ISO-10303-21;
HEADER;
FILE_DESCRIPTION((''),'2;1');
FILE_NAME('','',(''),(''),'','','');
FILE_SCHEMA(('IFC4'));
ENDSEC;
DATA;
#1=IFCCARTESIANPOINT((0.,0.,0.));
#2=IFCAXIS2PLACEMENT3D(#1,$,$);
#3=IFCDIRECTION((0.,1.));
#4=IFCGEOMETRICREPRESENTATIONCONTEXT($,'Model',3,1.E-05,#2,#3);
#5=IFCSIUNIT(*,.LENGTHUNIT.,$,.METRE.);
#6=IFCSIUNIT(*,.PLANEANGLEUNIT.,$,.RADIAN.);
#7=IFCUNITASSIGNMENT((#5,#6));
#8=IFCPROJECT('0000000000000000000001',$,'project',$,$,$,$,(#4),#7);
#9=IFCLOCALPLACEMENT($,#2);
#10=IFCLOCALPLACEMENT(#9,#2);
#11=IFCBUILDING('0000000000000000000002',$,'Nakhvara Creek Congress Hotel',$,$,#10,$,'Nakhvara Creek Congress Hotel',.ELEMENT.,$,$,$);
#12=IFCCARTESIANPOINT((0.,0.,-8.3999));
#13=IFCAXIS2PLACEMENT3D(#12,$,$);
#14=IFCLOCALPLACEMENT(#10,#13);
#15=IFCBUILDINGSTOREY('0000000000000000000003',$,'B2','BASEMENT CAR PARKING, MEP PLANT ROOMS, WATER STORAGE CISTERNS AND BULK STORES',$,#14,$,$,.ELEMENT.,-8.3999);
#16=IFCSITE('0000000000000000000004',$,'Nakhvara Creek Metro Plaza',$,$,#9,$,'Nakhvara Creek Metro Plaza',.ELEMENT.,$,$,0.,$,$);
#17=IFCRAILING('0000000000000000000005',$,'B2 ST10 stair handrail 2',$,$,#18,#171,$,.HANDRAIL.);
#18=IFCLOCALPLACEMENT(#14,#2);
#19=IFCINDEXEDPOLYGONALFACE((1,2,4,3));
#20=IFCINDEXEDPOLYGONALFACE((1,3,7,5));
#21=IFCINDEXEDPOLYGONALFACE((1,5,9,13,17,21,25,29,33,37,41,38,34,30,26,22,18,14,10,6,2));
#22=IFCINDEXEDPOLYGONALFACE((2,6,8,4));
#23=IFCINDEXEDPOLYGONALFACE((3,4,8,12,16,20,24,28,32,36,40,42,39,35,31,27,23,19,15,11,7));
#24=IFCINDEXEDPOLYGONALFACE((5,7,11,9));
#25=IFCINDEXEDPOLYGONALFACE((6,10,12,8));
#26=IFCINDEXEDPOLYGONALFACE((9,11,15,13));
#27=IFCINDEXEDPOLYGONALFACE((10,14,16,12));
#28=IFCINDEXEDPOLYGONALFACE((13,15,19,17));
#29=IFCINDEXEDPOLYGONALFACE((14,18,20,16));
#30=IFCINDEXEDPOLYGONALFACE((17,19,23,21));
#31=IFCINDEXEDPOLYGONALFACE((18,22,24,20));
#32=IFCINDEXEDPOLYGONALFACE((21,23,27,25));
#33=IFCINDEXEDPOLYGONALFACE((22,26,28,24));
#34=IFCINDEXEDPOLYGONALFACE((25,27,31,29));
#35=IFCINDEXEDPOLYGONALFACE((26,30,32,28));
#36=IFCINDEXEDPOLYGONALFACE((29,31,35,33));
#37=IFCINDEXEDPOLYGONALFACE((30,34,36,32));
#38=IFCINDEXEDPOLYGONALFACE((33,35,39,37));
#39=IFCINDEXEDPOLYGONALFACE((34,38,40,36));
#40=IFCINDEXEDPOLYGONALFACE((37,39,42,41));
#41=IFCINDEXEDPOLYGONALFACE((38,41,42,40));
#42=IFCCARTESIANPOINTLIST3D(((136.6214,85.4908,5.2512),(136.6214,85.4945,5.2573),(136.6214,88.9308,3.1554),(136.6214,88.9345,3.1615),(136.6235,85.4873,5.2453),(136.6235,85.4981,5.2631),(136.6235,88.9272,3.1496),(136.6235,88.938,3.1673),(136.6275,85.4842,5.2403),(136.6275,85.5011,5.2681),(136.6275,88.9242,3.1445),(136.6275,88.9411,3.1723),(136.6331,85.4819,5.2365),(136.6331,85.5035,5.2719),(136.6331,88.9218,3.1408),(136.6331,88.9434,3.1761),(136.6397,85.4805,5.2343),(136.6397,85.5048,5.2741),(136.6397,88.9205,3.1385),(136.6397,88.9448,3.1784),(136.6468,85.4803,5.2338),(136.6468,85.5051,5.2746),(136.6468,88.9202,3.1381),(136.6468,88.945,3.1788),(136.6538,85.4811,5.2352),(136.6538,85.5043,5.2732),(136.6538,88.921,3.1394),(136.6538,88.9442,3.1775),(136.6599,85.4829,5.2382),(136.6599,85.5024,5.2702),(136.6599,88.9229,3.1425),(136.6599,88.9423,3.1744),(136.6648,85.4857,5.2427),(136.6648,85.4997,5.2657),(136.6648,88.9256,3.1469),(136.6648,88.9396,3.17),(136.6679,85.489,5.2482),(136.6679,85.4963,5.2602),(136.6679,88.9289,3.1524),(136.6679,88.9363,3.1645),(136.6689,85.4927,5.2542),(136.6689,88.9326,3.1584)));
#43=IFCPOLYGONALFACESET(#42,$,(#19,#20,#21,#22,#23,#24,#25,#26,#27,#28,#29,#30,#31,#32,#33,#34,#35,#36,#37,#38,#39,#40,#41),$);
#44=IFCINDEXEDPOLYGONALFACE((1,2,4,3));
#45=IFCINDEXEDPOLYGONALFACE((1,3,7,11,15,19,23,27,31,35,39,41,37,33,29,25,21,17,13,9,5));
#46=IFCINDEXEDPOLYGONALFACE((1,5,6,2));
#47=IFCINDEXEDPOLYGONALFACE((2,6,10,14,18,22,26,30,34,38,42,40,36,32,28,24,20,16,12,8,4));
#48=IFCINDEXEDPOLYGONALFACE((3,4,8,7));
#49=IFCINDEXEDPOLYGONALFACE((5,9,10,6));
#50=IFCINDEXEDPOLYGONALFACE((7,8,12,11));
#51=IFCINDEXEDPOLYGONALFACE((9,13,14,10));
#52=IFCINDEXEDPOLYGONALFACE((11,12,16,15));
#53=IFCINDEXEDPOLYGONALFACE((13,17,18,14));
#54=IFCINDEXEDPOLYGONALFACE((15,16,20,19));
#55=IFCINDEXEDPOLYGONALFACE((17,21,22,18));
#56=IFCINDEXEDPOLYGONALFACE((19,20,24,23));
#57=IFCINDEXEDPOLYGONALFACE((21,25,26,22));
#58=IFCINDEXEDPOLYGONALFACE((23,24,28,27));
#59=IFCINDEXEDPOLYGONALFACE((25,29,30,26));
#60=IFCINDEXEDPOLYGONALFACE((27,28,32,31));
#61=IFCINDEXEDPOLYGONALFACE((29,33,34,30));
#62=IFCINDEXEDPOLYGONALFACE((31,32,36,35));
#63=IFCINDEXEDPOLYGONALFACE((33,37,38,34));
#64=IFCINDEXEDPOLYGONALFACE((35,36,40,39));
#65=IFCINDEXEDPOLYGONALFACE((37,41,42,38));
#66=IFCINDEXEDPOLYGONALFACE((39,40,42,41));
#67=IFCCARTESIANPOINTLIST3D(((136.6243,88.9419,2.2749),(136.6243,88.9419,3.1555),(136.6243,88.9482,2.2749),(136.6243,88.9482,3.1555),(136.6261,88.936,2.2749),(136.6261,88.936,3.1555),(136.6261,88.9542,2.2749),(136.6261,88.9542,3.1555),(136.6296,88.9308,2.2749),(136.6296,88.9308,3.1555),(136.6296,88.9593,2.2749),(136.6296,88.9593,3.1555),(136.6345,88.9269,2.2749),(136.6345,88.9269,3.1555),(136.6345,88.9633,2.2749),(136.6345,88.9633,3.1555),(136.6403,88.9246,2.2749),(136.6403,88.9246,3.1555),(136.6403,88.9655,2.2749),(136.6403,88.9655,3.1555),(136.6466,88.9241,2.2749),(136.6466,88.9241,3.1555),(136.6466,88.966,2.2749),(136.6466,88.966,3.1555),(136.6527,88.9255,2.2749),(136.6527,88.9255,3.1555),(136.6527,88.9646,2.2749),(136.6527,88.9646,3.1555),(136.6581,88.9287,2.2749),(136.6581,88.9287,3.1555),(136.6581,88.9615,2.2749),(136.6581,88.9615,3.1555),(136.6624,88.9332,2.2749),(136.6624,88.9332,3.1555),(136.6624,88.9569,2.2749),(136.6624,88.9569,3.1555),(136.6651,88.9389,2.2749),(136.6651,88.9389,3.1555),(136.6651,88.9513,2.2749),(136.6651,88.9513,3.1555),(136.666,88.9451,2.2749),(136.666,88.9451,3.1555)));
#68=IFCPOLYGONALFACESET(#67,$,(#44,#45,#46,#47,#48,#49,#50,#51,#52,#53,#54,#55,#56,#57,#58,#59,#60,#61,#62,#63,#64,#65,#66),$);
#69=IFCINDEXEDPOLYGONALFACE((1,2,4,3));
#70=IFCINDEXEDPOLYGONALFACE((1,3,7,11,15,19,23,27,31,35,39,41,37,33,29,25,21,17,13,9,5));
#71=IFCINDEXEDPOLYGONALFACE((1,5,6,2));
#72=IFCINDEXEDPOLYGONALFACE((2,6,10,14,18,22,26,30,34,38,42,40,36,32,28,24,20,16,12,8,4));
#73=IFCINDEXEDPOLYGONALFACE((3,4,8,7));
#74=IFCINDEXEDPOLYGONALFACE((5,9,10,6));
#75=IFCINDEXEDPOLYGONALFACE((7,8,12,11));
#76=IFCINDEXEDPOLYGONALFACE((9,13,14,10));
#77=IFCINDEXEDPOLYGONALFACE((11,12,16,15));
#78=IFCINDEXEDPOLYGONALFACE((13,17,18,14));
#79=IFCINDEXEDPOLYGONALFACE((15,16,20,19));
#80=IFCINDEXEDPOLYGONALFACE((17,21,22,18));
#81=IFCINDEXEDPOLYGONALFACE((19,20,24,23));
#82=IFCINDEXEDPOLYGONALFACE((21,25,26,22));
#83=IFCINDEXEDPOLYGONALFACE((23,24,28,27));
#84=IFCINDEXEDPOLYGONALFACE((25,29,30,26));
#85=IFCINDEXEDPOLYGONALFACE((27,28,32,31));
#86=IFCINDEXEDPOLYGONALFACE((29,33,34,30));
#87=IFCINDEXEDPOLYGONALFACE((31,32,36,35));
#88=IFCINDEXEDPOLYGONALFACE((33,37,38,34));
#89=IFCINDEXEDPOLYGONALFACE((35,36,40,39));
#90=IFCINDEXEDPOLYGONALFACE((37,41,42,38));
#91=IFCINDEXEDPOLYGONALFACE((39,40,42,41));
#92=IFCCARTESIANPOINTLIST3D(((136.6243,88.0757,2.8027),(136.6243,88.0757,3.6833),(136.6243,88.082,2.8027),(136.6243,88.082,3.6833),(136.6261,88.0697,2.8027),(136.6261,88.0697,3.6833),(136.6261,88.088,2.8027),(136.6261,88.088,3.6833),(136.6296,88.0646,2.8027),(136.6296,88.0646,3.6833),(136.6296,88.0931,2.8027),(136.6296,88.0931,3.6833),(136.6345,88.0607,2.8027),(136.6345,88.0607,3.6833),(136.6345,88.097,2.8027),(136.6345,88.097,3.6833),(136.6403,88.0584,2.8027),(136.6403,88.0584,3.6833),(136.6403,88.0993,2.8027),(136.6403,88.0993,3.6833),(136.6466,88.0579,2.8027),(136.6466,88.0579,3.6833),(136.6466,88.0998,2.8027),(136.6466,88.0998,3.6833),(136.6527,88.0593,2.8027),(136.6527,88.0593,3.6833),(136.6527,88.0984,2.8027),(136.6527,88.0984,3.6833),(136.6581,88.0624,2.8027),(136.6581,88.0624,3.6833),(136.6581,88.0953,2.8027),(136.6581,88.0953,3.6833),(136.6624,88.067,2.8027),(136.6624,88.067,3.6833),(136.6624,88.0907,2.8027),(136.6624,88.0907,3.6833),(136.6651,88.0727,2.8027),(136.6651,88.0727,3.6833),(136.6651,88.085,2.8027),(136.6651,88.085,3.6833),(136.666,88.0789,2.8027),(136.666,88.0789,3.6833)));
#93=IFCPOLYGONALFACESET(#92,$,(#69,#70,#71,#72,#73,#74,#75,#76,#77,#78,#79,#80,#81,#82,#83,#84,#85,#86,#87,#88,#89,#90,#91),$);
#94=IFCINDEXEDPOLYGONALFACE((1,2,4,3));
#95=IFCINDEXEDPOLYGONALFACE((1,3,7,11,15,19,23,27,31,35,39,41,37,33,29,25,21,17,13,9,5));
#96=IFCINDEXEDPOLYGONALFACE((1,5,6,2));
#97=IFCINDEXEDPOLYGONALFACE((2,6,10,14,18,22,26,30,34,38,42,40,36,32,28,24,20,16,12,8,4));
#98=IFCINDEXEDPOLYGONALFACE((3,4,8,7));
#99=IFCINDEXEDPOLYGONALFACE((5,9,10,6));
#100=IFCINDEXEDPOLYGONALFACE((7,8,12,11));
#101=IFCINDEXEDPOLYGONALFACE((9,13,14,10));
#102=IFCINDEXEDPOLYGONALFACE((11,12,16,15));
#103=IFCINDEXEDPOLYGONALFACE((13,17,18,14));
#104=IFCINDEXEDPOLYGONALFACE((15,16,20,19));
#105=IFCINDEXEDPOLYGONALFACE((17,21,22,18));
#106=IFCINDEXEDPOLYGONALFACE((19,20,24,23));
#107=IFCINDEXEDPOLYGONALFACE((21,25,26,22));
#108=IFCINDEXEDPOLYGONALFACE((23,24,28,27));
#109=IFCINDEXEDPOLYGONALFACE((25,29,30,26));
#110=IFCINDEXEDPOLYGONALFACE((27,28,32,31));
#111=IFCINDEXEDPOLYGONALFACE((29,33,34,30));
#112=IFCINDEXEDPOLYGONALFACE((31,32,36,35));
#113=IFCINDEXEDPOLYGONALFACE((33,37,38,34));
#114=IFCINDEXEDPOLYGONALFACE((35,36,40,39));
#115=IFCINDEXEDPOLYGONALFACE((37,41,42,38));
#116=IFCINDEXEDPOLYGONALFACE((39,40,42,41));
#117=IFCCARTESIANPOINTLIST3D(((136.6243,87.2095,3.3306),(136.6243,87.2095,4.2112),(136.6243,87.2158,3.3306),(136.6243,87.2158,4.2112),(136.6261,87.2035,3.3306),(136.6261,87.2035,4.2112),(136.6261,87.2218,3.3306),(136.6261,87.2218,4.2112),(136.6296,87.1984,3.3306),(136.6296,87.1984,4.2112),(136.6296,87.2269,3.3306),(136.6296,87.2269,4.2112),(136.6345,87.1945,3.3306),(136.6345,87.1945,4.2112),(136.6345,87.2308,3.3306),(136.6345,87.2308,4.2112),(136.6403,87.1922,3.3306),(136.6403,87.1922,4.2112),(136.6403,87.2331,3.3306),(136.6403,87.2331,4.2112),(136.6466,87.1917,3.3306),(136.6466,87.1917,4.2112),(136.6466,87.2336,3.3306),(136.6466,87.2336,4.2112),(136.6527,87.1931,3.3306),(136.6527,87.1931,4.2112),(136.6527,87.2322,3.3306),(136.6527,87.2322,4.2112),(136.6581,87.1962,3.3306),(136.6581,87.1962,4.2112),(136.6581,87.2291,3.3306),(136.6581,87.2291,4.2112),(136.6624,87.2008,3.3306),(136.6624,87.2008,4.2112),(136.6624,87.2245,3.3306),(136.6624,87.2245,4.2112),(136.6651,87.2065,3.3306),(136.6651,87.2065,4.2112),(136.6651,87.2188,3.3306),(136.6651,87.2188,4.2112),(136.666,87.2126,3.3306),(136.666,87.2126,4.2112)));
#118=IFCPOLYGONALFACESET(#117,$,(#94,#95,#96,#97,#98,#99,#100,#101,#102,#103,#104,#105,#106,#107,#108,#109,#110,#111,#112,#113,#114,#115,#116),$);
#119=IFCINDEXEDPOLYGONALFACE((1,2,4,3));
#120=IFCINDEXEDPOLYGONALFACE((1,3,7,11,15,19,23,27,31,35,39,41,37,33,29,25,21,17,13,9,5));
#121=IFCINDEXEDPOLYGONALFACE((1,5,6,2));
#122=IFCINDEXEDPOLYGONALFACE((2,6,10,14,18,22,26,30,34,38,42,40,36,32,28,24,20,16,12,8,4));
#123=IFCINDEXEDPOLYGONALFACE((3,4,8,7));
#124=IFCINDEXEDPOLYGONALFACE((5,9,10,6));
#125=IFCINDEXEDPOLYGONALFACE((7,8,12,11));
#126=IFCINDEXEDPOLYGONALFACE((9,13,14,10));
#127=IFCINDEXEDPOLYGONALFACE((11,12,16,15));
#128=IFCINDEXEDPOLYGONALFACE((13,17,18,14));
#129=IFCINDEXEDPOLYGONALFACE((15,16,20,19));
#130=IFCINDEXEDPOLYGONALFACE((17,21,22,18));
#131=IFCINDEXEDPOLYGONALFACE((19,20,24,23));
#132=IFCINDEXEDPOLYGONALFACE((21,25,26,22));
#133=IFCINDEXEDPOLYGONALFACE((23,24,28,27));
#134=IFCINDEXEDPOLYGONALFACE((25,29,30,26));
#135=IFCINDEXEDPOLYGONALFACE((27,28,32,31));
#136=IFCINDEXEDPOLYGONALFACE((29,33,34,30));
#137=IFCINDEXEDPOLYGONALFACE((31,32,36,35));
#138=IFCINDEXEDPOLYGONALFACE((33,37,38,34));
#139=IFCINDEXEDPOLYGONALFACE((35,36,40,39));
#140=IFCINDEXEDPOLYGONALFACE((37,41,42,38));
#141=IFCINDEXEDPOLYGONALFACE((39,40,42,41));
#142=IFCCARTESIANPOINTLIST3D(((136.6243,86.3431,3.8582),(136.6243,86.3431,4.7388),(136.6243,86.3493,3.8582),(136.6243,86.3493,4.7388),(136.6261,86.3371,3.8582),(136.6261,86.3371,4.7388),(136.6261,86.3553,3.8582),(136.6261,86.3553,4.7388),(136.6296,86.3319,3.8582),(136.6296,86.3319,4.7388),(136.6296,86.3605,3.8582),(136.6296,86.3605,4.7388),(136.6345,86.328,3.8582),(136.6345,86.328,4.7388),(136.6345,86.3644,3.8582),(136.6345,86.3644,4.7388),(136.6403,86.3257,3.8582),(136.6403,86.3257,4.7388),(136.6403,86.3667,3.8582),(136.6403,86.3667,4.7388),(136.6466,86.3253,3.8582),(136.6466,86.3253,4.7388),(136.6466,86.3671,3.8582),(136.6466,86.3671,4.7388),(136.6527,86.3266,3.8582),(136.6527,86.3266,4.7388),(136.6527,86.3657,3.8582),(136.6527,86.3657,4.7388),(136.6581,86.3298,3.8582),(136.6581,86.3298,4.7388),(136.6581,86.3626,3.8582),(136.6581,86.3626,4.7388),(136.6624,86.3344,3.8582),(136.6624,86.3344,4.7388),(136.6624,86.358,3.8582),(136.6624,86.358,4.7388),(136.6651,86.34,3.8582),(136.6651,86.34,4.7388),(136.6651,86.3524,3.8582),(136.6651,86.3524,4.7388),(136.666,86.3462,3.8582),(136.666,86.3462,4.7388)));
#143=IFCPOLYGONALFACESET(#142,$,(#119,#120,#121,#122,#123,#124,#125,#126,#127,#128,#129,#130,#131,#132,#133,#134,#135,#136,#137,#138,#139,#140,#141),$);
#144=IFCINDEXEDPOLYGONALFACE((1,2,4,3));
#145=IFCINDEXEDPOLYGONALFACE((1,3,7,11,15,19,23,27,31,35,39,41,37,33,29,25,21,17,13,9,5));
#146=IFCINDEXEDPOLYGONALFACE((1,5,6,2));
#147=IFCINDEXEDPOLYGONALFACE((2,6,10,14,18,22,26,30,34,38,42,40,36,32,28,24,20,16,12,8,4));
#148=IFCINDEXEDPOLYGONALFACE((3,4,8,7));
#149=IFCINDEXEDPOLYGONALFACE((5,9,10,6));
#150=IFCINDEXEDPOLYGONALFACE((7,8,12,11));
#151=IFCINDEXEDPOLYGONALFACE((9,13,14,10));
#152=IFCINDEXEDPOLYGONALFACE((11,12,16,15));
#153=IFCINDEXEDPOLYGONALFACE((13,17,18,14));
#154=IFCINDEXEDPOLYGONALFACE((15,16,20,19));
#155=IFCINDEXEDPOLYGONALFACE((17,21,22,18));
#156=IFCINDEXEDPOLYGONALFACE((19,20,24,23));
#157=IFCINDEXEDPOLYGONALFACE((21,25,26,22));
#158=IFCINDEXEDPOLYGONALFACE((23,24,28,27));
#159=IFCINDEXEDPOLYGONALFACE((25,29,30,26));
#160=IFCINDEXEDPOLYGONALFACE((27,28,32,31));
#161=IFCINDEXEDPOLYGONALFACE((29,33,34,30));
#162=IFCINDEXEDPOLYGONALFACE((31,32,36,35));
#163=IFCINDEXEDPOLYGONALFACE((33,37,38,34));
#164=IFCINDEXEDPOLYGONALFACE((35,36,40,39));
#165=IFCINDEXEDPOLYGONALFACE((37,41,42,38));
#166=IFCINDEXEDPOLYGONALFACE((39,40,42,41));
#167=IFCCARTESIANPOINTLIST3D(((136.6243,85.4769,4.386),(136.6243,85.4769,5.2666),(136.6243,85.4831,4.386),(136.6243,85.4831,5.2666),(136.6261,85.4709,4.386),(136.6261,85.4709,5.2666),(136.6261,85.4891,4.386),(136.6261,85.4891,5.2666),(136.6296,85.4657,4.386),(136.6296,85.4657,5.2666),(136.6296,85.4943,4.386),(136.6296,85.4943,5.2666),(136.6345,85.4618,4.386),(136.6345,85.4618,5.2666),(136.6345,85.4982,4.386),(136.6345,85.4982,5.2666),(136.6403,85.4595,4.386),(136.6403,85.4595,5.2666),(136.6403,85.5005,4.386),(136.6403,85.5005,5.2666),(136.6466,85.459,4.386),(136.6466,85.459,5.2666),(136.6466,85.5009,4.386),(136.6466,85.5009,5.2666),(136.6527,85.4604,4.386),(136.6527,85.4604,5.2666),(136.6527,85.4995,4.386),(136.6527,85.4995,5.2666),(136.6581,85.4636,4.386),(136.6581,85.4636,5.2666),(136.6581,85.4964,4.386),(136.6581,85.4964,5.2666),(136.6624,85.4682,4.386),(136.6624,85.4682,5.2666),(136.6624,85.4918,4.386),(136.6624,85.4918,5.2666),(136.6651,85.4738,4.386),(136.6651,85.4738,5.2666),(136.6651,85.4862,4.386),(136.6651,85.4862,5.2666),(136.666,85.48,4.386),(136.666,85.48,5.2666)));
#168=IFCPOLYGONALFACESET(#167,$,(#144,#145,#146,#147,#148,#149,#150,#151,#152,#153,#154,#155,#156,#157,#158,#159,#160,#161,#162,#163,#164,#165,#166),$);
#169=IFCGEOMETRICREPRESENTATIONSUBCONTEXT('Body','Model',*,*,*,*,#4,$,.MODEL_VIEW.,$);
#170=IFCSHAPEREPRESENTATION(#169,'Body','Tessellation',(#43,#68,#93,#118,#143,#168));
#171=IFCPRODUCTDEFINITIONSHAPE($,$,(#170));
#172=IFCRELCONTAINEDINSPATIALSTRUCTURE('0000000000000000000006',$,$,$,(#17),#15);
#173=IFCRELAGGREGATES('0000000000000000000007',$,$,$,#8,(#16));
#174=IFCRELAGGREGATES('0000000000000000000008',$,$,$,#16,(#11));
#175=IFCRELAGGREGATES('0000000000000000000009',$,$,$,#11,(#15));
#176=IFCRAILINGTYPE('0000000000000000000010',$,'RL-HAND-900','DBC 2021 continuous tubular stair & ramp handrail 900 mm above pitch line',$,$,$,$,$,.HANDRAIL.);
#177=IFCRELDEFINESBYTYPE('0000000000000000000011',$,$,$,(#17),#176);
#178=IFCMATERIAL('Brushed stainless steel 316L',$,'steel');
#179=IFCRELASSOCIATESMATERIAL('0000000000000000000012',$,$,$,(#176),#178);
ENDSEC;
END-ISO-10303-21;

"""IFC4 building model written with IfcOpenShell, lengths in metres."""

from ifc_helpers import new_model, si_unit, direction, frame, origin, origin_2d, place, context, subcontext, project, spatial, circle, extrude, material, type_object, element, save


model = new_model("IFC4")

# Units and contexts
model_context = context("Model", 3, precision=1e-05, world=origin(), true_north=direction((0.0, 1.0)))
body_context = subcontext(model_context, "Body", "Model", "MODEL_VIEW")
ifc_project = project(units=[si_unit("LENGTHUNIT", "METRE"), si_unit("PLANEANGLEUNIT", "RADIAN")], contexts=[model_context])

# Site, building, storey
site_placement = place(None, origin())
site = spatial("IfcSite", under=ifc_project, at=site_placement, Name="Nakhvara Creek Metro Plaza", LongName="Nakhvara Creek Metro Plaza", CompositionType="ELEMENT", RefElevation=0.0)
building_placement = place(site_placement, origin())
building = spatial("IfcBuilding", under=site, at=building_placement, Name="Nakhvara Creek Congress Hotel", LongName="Nakhvara Creek Congress Hotel", CompositionType="ELEMENT")
storey_placement = place(building_placement, frame((0.0, 0.0, -8.3999)))
storey = spatial("IfcBuildingStorey", under=building, at=storey_placement, Name="B2", Description="BASEMENT CAR PARKING, MEP PLANT ROOMS, WATER STORAGE CISTERNS AND BULK STORES", CompositionType="ELEMENT", Elevation=-8.3999)

# Railing
ifc_material_1 = material(Name="Brushed stainless steel 316L", Category="steel")
railing_type_1 = type_object("IfcRailingType", Name="RL-HAND-900", Description="DBC 2021 continuous tubular stair & ramp handrail 900 mm above pitch line", PredefinedType="HANDRAIL", material=ifc_material_1)
railing_1_placement = place(storey_placement, frame((136.645, 88.9451, 2.2749)))
element("IfcRailing", 1, at=railing_1_placement, inside=storey, type_object=railing_type_1, Name="B2 ST10 stair handrail 2", PredefinedType="HANDRAIL", context=body_context, shape_type="SweptSolid", body=[
    extrude(circle(Radius=0.0239, at=origin_2d()), frame((0.0, -0.0125, 0.8835), z_axis=(0.0, -0.853991, 0.520289), x_axis=(1.0, 0.0, 0.0)), (0.0, 0.0, 1.0), 4.0281),
    extrude(circle(Radius=0.021, at=origin_2d()), origin(), (0.0, 0.0, 1.0), 0.8806),
    extrude(circle(Radius=0.021, at=origin_2d()), frame((0.0, -0.8662, 0.5278)), (0.0, 0.0, 1.0), 0.8806),
    extrude(circle(Radius=0.021, at=origin_2d()), frame((0.0, -1.7324, 1.0557)), (0.0, 0.0, 1.0), 0.8806),
    extrude(circle(Radius=0.021, at=origin_2d()), frame((0.0, -2.5989, 1.5833)), (0.0, 0.0, 1.0), 0.8806),
    extrude(circle(Radius=0.021, at=origin_2d()), frame((0.0, -3.4651, 2.1111)), (0.0, 0.0, 1.0), 0.8806),
])

save(model, "model.ifc")
